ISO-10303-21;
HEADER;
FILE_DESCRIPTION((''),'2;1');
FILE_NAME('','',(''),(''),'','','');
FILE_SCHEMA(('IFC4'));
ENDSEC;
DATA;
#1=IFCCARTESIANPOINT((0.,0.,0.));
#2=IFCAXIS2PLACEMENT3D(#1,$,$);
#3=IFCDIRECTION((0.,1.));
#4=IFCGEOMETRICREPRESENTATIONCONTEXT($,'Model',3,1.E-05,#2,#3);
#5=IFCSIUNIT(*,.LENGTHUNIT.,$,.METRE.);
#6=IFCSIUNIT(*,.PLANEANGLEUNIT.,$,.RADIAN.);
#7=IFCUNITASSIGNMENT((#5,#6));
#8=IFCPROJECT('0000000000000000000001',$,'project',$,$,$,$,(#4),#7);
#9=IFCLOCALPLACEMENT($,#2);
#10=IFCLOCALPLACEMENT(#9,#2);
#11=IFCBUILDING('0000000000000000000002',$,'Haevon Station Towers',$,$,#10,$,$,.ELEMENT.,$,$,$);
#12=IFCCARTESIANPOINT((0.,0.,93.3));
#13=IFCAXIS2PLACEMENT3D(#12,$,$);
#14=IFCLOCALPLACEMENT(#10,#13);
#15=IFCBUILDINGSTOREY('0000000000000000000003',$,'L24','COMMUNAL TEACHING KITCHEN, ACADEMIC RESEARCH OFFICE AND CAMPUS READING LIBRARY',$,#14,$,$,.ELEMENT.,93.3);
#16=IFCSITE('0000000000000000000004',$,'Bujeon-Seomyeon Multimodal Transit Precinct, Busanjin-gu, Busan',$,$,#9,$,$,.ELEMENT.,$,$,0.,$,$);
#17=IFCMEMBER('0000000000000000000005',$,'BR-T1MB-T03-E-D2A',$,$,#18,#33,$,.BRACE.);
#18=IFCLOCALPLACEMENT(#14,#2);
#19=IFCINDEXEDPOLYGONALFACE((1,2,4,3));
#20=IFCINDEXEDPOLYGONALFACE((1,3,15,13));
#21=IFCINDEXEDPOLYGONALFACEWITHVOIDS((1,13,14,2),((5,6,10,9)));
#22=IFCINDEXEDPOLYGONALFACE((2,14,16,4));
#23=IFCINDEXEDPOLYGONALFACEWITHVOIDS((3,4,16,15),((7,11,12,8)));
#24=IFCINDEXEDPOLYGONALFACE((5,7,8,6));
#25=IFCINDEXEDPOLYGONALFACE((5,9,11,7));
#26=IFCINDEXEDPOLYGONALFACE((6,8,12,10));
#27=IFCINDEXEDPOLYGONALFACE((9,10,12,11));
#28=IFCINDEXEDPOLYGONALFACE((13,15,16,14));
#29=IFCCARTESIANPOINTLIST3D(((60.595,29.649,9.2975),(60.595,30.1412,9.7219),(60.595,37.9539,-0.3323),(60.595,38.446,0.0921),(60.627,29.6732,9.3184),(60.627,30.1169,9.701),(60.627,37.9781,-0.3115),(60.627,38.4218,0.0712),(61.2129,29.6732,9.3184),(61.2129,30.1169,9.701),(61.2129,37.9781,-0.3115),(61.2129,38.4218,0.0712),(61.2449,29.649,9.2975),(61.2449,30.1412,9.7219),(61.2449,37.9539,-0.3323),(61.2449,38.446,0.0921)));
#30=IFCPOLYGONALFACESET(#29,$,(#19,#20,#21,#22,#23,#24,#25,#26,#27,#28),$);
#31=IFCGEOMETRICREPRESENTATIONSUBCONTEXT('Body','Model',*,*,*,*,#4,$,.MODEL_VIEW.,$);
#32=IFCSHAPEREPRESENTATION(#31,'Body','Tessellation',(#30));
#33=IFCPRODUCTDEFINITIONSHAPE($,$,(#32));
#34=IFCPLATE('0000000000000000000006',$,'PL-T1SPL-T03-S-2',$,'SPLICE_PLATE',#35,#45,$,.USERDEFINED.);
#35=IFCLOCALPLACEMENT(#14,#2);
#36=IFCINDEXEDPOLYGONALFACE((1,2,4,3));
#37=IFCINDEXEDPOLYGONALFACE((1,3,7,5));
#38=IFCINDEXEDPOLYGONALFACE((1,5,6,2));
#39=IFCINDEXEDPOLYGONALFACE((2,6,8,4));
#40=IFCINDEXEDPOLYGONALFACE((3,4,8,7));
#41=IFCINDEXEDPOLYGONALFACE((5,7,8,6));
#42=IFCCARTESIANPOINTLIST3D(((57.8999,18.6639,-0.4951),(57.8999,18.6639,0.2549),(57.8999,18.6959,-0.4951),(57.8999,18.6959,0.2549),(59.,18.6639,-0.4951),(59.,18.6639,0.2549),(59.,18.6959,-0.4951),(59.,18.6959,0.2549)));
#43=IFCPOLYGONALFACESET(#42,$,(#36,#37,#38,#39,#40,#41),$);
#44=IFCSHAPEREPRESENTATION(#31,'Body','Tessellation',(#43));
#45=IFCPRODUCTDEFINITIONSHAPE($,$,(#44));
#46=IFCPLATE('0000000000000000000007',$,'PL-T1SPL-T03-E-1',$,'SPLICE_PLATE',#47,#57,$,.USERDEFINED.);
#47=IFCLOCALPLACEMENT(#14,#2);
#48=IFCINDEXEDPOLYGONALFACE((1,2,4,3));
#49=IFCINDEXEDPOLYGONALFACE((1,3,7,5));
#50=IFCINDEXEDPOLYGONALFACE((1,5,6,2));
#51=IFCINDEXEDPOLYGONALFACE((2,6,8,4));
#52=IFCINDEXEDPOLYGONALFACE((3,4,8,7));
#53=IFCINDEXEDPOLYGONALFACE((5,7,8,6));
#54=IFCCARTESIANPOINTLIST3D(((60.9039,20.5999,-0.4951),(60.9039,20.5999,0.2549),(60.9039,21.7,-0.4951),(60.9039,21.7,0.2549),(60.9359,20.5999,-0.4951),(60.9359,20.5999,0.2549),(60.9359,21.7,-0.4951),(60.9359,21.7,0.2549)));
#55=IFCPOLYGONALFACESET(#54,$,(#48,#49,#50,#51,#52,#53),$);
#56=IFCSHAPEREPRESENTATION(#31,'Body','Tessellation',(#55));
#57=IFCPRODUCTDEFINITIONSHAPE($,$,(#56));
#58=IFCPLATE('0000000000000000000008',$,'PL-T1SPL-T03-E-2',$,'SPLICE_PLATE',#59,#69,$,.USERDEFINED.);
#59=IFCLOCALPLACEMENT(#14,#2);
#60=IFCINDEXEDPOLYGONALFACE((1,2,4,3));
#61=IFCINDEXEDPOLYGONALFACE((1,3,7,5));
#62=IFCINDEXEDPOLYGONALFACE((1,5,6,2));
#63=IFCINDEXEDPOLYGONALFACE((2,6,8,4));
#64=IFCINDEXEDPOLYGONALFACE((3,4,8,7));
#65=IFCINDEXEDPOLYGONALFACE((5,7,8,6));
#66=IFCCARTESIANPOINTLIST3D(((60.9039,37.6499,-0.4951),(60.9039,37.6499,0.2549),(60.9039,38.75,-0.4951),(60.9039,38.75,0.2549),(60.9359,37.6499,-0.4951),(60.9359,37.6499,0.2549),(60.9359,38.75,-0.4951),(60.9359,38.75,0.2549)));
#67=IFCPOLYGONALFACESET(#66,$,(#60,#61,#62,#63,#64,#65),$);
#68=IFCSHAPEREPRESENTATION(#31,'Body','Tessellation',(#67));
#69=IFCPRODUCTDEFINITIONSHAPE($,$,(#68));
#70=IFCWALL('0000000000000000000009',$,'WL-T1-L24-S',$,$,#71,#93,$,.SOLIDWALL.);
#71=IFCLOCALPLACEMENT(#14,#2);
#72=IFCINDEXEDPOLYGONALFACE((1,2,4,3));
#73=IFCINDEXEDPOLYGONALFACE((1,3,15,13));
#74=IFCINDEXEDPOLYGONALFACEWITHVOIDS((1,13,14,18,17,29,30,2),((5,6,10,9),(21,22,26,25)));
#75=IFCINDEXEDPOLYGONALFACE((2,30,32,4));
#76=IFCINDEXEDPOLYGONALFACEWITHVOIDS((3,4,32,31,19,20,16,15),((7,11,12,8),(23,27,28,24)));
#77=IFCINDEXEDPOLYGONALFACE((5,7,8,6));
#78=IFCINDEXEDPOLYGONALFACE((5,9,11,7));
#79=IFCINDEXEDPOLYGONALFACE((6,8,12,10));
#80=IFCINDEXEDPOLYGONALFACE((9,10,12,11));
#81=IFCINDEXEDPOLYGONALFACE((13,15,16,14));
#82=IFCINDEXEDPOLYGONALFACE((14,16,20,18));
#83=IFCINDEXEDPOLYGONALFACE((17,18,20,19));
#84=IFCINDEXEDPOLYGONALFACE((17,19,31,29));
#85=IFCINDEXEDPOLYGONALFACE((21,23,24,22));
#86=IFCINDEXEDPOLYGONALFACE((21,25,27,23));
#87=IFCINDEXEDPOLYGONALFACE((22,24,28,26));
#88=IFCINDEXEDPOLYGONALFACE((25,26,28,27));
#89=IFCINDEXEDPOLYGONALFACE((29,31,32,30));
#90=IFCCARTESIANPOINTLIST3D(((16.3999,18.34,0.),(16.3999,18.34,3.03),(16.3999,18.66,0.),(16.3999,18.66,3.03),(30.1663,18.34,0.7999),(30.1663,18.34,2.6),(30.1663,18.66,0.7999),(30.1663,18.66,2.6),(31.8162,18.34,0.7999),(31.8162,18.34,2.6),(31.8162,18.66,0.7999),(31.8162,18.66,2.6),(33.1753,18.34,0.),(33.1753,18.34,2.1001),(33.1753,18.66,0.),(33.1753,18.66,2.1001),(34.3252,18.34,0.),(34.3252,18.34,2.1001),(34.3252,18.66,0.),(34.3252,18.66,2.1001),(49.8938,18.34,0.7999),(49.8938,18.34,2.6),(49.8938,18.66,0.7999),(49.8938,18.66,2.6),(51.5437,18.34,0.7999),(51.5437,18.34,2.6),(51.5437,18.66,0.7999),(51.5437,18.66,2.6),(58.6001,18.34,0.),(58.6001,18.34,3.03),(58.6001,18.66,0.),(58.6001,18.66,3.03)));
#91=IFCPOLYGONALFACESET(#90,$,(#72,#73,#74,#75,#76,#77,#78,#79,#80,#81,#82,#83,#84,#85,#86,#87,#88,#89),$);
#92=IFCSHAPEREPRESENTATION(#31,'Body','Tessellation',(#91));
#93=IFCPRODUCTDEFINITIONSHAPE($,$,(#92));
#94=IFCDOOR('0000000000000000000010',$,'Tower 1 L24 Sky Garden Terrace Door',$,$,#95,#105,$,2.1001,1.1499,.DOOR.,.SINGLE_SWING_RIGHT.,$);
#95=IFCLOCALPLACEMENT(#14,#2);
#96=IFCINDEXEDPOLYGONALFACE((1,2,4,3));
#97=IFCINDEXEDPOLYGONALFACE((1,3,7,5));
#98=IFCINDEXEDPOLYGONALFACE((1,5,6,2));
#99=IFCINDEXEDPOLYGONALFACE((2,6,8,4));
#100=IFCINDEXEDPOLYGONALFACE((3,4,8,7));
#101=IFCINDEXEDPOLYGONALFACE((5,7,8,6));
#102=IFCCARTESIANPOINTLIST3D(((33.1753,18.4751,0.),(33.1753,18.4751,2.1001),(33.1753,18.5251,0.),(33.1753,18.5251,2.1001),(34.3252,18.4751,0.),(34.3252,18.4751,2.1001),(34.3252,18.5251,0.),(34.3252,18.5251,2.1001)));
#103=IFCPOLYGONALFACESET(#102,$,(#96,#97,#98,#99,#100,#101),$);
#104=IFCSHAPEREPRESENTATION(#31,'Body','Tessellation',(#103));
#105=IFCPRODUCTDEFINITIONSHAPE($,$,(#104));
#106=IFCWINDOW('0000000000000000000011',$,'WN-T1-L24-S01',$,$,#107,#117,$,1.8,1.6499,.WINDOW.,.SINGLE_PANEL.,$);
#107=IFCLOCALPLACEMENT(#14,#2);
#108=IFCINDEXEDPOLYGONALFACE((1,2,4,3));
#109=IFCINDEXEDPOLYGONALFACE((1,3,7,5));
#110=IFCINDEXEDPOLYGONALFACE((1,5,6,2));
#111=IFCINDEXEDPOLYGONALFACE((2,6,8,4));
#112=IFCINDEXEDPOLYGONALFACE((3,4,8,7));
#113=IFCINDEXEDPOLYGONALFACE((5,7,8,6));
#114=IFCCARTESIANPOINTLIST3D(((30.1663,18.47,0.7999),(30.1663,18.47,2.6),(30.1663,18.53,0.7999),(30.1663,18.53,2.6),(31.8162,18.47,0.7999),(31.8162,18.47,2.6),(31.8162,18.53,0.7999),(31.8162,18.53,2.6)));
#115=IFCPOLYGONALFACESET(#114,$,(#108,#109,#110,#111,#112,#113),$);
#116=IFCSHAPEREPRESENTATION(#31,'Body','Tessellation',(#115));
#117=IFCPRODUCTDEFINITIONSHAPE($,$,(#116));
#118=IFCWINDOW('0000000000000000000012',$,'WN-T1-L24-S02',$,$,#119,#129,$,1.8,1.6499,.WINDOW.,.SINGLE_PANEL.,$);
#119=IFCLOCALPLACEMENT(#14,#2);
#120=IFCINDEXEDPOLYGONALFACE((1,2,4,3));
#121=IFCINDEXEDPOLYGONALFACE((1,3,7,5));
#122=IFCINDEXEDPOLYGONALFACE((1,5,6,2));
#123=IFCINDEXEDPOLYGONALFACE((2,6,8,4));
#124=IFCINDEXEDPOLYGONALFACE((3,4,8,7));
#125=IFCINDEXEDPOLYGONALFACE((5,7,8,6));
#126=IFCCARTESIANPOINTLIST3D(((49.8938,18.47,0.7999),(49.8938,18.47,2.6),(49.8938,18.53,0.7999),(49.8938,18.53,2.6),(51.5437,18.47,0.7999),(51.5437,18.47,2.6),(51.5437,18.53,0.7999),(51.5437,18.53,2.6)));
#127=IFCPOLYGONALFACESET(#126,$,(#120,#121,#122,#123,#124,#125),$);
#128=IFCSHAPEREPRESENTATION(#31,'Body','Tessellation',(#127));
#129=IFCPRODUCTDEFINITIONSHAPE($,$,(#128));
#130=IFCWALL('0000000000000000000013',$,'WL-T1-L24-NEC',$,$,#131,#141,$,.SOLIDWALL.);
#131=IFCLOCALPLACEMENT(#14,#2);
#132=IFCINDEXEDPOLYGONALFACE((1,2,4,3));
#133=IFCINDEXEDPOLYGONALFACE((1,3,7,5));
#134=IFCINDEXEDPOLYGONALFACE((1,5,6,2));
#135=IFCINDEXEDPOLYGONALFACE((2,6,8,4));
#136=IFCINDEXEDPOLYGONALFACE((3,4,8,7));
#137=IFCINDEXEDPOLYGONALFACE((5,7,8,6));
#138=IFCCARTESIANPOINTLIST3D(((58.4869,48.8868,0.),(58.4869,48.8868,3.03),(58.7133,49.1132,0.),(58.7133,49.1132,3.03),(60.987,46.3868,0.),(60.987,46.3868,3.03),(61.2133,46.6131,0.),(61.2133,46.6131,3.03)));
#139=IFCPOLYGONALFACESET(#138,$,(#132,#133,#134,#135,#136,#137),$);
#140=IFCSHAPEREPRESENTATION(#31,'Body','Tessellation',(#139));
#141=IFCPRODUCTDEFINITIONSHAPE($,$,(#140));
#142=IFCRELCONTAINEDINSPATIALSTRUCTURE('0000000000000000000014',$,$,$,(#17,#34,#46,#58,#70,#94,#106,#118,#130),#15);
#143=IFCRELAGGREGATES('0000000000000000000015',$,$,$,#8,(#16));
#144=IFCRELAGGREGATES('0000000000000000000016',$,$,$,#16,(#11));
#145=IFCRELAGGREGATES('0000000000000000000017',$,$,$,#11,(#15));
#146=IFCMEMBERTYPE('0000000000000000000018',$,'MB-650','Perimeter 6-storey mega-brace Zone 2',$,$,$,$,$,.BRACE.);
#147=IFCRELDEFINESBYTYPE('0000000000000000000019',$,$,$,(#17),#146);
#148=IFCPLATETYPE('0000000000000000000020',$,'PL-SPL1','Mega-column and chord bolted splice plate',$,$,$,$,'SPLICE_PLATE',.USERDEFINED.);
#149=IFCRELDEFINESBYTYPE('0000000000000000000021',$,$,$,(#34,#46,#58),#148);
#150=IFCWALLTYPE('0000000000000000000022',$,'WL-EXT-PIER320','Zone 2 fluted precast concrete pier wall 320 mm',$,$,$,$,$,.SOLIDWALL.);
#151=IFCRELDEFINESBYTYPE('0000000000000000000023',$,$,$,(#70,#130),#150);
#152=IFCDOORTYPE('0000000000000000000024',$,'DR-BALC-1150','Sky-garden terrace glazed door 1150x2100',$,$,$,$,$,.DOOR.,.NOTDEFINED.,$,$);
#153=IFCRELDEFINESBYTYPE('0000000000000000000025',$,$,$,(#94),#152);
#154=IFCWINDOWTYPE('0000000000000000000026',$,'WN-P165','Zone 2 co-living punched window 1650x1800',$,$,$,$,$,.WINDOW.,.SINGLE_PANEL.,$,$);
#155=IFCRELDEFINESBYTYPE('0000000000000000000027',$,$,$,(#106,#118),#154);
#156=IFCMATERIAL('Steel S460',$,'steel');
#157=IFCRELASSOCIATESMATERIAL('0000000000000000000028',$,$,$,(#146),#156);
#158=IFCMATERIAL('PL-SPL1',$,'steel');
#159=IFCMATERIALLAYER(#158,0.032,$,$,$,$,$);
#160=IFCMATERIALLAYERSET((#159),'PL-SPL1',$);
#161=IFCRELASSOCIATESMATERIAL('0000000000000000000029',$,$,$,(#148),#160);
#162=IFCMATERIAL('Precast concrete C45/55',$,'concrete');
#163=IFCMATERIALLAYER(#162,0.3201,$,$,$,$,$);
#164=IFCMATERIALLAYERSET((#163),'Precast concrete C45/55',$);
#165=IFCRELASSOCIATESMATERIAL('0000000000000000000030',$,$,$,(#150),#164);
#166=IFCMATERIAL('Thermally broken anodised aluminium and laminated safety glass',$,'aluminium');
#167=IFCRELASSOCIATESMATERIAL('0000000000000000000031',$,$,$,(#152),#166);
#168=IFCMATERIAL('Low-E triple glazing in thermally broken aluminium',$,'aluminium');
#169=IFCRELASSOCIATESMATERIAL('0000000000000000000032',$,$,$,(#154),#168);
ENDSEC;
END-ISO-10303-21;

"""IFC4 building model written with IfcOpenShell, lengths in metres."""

from ifc_helpers import new_model, si_unit, direction, frame, frame_2d, origin, origin_2d, place, context, subcontext, project, spatial, rectangle, hollow_rectangle, extrude, material, layer, layer_set, material_profile, profile_set, type_object, element, fill, save


model = new_model("IFC4")

# Units and contexts
model_context = context("Model", 3, precision=1e-05, world=origin(), true_north=direction((0.0, 1.0)))
body_context = subcontext(model_context, "Body", "Model", "MODEL_VIEW")
ifc_project = project(units=[si_unit("LENGTHUNIT", "METRE"), si_unit("PLANEANGLEUNIT", "RADIAN")], contexts=[model_context])

# Site, building, storey
site_placement = place(None, origin())
site = spatial("IfcSite", under=ifc_project, at=site_placement, Name="Bujeon-Seomyeon Multimodal Transit Precinct, Busanjin-gu, Busan", CompositionType="ELEMENT", RefElevation=0.0)
building_placement = place(site_placement, origin())
building = spatial("IfcBuilding", under=site, at=building_placement, Name="Haevon Station Towers", CompositionType="ELEMENT")
storey_placement = place(building_placement, frame((0.0, 0.0, 93.3)))
storey = spatial("IfcBuildingStorey", under=building, at=storey_placement, Name="L24", Description="COMMUNAL TEACHING KITCHEN, ACADEMIC RESEARCH OFFICE AND CAMPUS READING LIBRARY", CompositionType="ELEMENT", Elevation=93.3)

# Shared definitions
ifc_material_1 = material(Name="Steel S460", Category="steel")

# Member
ifc_material_profile_1 = material_profile(ifc_material_1, hollow_rectangle(XDim=0.6499, YDim=0.6499, WallThickness=0.032, at=origin_2d()), Name="RHS-650x650x32")
ifc_profile_set_1 = profile_set([ifc_material_profile_1], Name="Steel S460")
member_type = type_object("IfcMemberType", Name="MB-650", Description="Perimeter 6-storey mega-brace Zone 2", PredefinedType="BRACE", material=ifc_profile_set_1)
member_1_placement = place(storey_placement, frame((60.9199, 38.2, -0.1201), z_axis=(0.0, -0.653089, 0.757281), x_axis=(1.0, 0.0, 0.0)))
element("IfcMember", 1, at=member_1_placement, inside=storey, type_object=member_type, Name="BR-T1MB-T03-E-D2A", PredefinedType="BRACE", context=body_context, shape_type="SweptSolid", body=[
    extrude(hollow_rectangle(XDim=0.6499, YDim=0.6499, WallThickness=0.032, at=origin_2d()), origin(), (0.0, 0.0, 1.0), 12.7163),
])

# Plates
ifc_material_2 = material(Name="PL-SPL1", Category="steel")
ifc_layer_1 = layer(ifc_material_2, 0.032)
ifc_layer_set_1 = layer_set([ifc_layer_1], Name="PL-SPL1")
plate_type = type_object("IfcPlateType", Name="PL-SPL1", Description="Mega-column and chord bolted splice plate", ElementType="SPLICE_PLATE", PredefinedType="USERDEFINED", material=ifc_layer_set_1)
for number, where, z_axis, x_axis, name in (
    (2, (58.45, 18.6799, -0.4951), (0.0, 0.0, 1.0), (1.0, 0.0, 0.0), "PL-T1SPL-T03-S-2"),
    (3, (60.9199, 21.1499, -0.4951), (0.0, 0.0, 1.0), (0.0, 1.0, 0.0), "PL-T1SPL-T03-E-1"),
    (4, (60.9199, 38.2, -0.4951), (0.0, 0.0, 1.0), (0.0, 1.0, 0.0), "PL-T1SPL-T03-E-2"),
):
    element("IfcPlate", number, at=place(storey_placement, frame(where, z_axis=z_axis, x_axis=x_axis)), inside=storey, type_object=plate_type, Name=name, ObjectType="SPLICE_PLATE", PredefinedType="USERDEFINED", context=body_context, shape_type="SweptSolid", body=[
        extrude(rectangle(XDim=1.1001, YDim=0.032, at=origin_2d()), origin(), (0.0, 0.0, 1.0), 0.75),
    ])

# Wall, openings, door, windows
ifc_material_3 = material(Name="Precast concrete C45/55", Category="concrete")
ifc_layer_2 = layer(ifc_material_3, 0.3201)
ifc_layer_set_2 = layer_set([ifc_layer_2], Name="Precast concrete C45/55")
wall_type = type_object("IfcWallType", Name="WL-EXT-PIER320", Description="Zone 2 fluted precast concrete pier wall 320 mm", PredefinedType="SOLIDWALL", material=ifc_layer_set_2)
wall_1_placement = place(storey_placement, frame((58.6001, 18.5, 0.0), z_axis=(0.0, 0.0, 1.0), x_axis=(-1.0, 0.0, 0.0)))
wall_1 = element("IfcWall", 5, at=wall_1_placement, inside=storey, type_object=wall_type, Name="WL-T1-L24-S", PredefinedType="SOLIDWALL", context=body_context, shape_type="SweptSolid", body=[
    extrude(rectangle(XDim=42.2002, YDim=0.3201, at=frame_2d((21.1001, 0.0))), origin(), (0.0, 0.0, 1.0), 3.03),
])
opening_1_placement = place(wall_1_placement, frame((24.2749, 0.0, 0.0)))
opening_1 = element("IfcOpeningElement", 6, at=opening_1_placement, cuts=wall_1, PredefinedType="OPENING", context=body_context, shape_type="SweptSolid", body=[
    extrude(rectangle(XDim=1.1499, YDim=2.1001, at=frame_2d((0.575, 1.05))), frame((0.0, 0.1699, 0.0), z_axis=(0.0, -1.0, 0.0), x_axis=(1.0, 0.0, 0.0)), (0.0, 0.0, 1.0), 0.3401),
])
opening_2_placement = place(wall_1_placement, frame((26.7839, 0.0, 0.8)))
opening_2 = element("IfcOpeningElement", 7, at=opening_2_placement, cuts=wall_1, PredefinedType="OPENING", context=body_context, shape_type="SweptSolid", body=[
    extrude(rectangle(XDim=1.6499, YDim=1.8, at=frame_2d((0.825, 0.8999))), frame((0.0, 0.1699, 0.0), z_axis=(0.0, -1.0, 0.0), x_axis=(1.0, 0.0, 0.0)), (0.0, 0.0, 1.0), 0.3401),
])
opening_3_placement = place(wall_1_placement, frame((7.0564, 0.0, 0.8)))
opening_3 = element("IfcOpeningElement", 8, at=opening_3_placement, cuts=wall_1, PredefinedType="OPENING", context=body_context, shape_type="SweptSolid", body=[
    extrude(rectangle(XDim=1.6499, YDim=1.8, at=frame_2d((0.825, 0.8999))), frame((0.0, 0.1699, 0.0), z_axis=(0.0, -1.0, 0.0), x_axis=(1.0, 0.0, 0.0)), (0.0, 0.0, 1.0), 0.3401),
])
ifc_material_4 = material(Name="Thermally broken anodised aluminium and laminated safety glass", Category="aluminium")
door_type_1 = type_object("IfcDoorType", Name="DR-BALC-1150", Description="Sky-garden terrace glazed door 1150x2100", OperationType="NOTDEFINED", PredefinedType="DOOR", material=ifc_material_4)
door_1_placement = place(opening_1_placement, origin())
door_1 = element("IfcDoor", 9, at=door_1_placement, inside=storey, type_object=door_type_1, Name="Tower 1 L24 Sky Garden Terrace Door", OperationType="SINGLE_SWING_RIGHT", OverallHeight=2.1001, OverallWidth=1.1499, PredefinedType="DOOR", context=body_context, shape_type="SweptSolid", body=[
    extrude(rectangle(XDim=1.1499, YDim=2.1001, at=frame_2d((0.575, 1.05))), frame((0.0, 0.0249, 0.0), z_axis=(0.0, -1.0, 0.0), x_axis=(1.0, 0.0, 0.0)), (0.0, 0.0, 1.0), 0.05),
])
fill(opening_1, door_1)
ifc_material_5 = material(Name="Low-E triple glazing in thermally broken aluminium", Category="aluminium")
window_type_1 = type_object("IfcWindowType", Name="WN-P165", Description="Zone 2 co-living punched window 1650x1800", PartitioningType="SINGLE_PANEL", PredefinedType="WINDOW", material=ifc_material_5)
window_1_placement = place(opening_2_placement, origin())
window_1 = element("IfcWindow", 10, at=window_1_placement, inside=storey, type_object=window_type_1, Name="WN-T1-L24-S01", OverallHeight=1.8, OverallWidth=1.6499, PartitioningType="SINGLE_PANEL", PredefinedType="WINDOW", context=body_context, shape_type="SweptSolid", body=[
    extrude(rectangle(XDim=1.6499, YDim=1.8, at=frame_2d((0.825, 0.8999))), frame((0.0, 0.03, 0.0), z_axis=(0.0, -1.0, 0.0), x_axis=(1.0, 0.0, 0.0)), (0.0, 0.0, 1.0), 0.0601),
])
fill(opening_2, window_1)
window_2_placement = place(opening_3_placement, origin())
window_2 = element("IfcWindow", 11, at=window_2_placement, inside=storey, type_object=window_type_1, Name="WN-T1-L24-S02", OverallHeight=1.8, OverallWidth=1.6499, PartitioningType="SINGLE_PANEL", PredefinedType="WINDOW", context=body_context, shape_type="SweptSolid", body=[
    extrude(rectangle(XDim=1.6499, YDim=1.8, at=frame_2d((0.825, 0.8999))), frame((0.0, 0.03, 0.0), z_axis=(0.0, -1.0, 0.0), x_axis=(1.0, 0.0, 0.0)), (0.0, 0.0, 1.0), 0.0601),
])
fill(opening_3, window_2)

# Wall
wall_2_placement = place(storey_placement, frame((58.6001, 49.0, 0.0), z_axis=(0.0, 0.0, 1.0), x_axis=(0.707107, -0.707107, 0.0)))
element("IfcWall", 12, at=wall_2_placement, inside=storey, type_object=wall_type, Name="WL-T1-L24-NEC", PredefinedType="SOLIDWALL", context=body_context, shape_type="SweptSolid", body=[
    extrude(rectangle(XDim=3.5356, YDim=0.3201, at=frame_2d((1.7678, 0.0))), origin(), (0.0, 0.0, 1.0), 3.03),
])

save(model, "model.ifc")
